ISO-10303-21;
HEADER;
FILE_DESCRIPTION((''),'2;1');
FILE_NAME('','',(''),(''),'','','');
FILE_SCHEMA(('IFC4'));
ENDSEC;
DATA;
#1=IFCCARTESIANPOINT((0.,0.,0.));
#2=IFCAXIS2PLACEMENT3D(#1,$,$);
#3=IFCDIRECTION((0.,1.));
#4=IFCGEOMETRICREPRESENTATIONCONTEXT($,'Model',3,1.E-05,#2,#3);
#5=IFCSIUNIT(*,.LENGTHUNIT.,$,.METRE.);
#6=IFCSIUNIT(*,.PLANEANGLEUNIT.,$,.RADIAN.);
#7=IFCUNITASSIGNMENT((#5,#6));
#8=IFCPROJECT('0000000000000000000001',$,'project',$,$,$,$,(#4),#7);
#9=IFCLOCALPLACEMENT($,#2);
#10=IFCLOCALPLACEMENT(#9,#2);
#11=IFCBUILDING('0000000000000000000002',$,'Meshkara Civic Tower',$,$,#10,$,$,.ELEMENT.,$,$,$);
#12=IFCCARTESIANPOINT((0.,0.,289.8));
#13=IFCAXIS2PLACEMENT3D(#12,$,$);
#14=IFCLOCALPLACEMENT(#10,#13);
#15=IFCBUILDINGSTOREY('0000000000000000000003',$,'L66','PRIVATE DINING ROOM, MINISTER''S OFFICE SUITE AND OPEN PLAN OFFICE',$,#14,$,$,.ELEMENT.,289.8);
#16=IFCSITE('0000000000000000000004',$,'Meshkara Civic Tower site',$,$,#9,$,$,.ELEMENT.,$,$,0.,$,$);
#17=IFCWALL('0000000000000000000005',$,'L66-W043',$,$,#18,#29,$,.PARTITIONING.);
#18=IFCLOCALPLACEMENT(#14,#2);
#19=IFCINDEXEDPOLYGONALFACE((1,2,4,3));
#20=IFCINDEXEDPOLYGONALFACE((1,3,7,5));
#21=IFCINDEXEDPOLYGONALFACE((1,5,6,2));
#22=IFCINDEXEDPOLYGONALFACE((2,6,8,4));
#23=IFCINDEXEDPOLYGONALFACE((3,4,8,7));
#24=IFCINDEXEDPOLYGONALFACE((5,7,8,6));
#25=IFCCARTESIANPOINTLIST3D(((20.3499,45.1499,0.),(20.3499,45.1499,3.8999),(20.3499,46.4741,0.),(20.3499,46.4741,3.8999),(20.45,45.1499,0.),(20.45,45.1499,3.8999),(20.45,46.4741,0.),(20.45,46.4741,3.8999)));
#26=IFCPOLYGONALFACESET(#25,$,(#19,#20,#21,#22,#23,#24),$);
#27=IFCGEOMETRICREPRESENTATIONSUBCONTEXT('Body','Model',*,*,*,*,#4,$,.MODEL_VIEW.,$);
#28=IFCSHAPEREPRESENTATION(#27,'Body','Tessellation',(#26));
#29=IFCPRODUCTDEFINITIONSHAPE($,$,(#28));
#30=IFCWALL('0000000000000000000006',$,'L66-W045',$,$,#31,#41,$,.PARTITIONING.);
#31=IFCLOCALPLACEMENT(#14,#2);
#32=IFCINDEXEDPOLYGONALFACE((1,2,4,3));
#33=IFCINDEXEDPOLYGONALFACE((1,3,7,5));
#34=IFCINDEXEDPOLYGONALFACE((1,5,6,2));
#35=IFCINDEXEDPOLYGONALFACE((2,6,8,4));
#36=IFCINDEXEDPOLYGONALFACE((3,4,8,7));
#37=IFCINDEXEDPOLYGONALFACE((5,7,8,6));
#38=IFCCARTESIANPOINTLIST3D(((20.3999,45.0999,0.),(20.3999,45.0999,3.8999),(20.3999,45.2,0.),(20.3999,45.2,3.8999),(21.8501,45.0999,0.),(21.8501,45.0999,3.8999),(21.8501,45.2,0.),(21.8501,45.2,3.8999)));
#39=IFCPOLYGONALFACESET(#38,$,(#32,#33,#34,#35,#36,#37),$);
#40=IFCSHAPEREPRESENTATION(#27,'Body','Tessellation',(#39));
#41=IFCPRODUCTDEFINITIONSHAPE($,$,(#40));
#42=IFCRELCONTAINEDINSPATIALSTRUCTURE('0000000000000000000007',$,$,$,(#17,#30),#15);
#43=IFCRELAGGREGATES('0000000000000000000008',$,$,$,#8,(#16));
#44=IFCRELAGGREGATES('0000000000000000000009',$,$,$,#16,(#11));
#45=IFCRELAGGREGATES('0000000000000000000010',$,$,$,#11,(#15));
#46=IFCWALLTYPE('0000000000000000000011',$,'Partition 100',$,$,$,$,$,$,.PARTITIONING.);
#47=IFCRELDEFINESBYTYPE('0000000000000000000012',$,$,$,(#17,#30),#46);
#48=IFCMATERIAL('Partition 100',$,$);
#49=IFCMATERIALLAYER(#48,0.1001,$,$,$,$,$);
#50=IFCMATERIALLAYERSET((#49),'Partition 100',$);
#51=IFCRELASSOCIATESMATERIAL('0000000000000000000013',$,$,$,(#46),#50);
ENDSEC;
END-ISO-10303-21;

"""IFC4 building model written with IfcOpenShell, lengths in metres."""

from ifc_helpers import new_model, si_unit, direction, frame, frame_2d, origin, place, context, subcontext, project, spatial, rectangle, extrude, material, layer, layer_set, type_object, element, save


model = new_model("IFC4")

# Units and contexts
model_context = context("Model", 3, precision=1e-05, world=origin(), true_north=direction((0.0, 1.0)))
body_context = subcontext(model_context, "Body", "Model", "MODEL_VIEW")
ifc_project = project(units=[si_unit("LENGTHUNIT", "METRE"), si_unit("PLANEANGLEUNIT", "RADIAN")], contexts=[model_context])

# Site, building, storey
site_placement = place(None, origin())
site = spatial("IfcSite", under=ifc_project, at=site_placement, Name="Meshkara Civic Tower site", CompositionType="ELEMENT", RefElevation=0.0)
building_placement = place(site_placement, origin())
building = spatial("IfcBuilding", under=site, at=building_placement, Name="Meshkara Civic Tower", CompositionType="ELEMENT")
storey_placement = place(building_placement, frame((0.0, 0.0, 289.8)))
storey = spatial("IfcBuildingStorey", under=building, at=storey_placement, Name="L66", Description="PRIVATE DINING ROOM, MINISTER'S OFFICE SUITE AND OPEN PLAN OFFICE", CompositionType="ELEMENT", Elevation=289.8)

# Walls
ifc_material_1 = material(Name="Partition 100")
ifc_layer_1 = layer(ifc_material_1, 0.1001)
ifc_layer_set_1 = layer_set([ifc_layer_1], Name="Partition 100")
wall_type_1 = type_object("IfcWallType", Name="Partition 100", PredefinedType="PARTITIONING", material=ifc_layer_set_1)
wall_1_placement = place(storey_placement, frame((20.3999, 45.1499, 0.0), z_axis=(0.0, 0.0, 1.0), x_axis=(0.0, 1.0, 0.0)))
element("IfcWall", 1, at=wall_1_placement, inside=storey, type_object=wall_type_1, Name="L66-W043", PredefinedType="PARTITIONING", context=body_context, shape_type="SweptSolid", body=[
    extrude(rectangle(XDim=1.3242, YDim=0.1001, at=frame_2d((0.6621, 0.0))), origin(), (0.0, 0.0, 1.0), 3.8999),
])
wall_2_placement = place(storey_placement, frame((21.8501, 45.1499, 0.0), z_axis=(0.0, 0.0, 1.0), x_axis=(-1.0, 0.0, 0.0)))
element("IfcWall", 2, at=wall_2_placement, inside=storey, type_object=wall_type_1, Name="L66-W045", PredefinedType="PARTITIONING", context=body_context, shape_type="SweptSolid", body=[
    extrude(rectangle(XDim=1.4502, YDim=0.1001, at=frame_2d((0.7251, 0.0))), origin(), (0.0, 0.0, 1.0), 3.8999),
])

save(model, "model.ifc")
